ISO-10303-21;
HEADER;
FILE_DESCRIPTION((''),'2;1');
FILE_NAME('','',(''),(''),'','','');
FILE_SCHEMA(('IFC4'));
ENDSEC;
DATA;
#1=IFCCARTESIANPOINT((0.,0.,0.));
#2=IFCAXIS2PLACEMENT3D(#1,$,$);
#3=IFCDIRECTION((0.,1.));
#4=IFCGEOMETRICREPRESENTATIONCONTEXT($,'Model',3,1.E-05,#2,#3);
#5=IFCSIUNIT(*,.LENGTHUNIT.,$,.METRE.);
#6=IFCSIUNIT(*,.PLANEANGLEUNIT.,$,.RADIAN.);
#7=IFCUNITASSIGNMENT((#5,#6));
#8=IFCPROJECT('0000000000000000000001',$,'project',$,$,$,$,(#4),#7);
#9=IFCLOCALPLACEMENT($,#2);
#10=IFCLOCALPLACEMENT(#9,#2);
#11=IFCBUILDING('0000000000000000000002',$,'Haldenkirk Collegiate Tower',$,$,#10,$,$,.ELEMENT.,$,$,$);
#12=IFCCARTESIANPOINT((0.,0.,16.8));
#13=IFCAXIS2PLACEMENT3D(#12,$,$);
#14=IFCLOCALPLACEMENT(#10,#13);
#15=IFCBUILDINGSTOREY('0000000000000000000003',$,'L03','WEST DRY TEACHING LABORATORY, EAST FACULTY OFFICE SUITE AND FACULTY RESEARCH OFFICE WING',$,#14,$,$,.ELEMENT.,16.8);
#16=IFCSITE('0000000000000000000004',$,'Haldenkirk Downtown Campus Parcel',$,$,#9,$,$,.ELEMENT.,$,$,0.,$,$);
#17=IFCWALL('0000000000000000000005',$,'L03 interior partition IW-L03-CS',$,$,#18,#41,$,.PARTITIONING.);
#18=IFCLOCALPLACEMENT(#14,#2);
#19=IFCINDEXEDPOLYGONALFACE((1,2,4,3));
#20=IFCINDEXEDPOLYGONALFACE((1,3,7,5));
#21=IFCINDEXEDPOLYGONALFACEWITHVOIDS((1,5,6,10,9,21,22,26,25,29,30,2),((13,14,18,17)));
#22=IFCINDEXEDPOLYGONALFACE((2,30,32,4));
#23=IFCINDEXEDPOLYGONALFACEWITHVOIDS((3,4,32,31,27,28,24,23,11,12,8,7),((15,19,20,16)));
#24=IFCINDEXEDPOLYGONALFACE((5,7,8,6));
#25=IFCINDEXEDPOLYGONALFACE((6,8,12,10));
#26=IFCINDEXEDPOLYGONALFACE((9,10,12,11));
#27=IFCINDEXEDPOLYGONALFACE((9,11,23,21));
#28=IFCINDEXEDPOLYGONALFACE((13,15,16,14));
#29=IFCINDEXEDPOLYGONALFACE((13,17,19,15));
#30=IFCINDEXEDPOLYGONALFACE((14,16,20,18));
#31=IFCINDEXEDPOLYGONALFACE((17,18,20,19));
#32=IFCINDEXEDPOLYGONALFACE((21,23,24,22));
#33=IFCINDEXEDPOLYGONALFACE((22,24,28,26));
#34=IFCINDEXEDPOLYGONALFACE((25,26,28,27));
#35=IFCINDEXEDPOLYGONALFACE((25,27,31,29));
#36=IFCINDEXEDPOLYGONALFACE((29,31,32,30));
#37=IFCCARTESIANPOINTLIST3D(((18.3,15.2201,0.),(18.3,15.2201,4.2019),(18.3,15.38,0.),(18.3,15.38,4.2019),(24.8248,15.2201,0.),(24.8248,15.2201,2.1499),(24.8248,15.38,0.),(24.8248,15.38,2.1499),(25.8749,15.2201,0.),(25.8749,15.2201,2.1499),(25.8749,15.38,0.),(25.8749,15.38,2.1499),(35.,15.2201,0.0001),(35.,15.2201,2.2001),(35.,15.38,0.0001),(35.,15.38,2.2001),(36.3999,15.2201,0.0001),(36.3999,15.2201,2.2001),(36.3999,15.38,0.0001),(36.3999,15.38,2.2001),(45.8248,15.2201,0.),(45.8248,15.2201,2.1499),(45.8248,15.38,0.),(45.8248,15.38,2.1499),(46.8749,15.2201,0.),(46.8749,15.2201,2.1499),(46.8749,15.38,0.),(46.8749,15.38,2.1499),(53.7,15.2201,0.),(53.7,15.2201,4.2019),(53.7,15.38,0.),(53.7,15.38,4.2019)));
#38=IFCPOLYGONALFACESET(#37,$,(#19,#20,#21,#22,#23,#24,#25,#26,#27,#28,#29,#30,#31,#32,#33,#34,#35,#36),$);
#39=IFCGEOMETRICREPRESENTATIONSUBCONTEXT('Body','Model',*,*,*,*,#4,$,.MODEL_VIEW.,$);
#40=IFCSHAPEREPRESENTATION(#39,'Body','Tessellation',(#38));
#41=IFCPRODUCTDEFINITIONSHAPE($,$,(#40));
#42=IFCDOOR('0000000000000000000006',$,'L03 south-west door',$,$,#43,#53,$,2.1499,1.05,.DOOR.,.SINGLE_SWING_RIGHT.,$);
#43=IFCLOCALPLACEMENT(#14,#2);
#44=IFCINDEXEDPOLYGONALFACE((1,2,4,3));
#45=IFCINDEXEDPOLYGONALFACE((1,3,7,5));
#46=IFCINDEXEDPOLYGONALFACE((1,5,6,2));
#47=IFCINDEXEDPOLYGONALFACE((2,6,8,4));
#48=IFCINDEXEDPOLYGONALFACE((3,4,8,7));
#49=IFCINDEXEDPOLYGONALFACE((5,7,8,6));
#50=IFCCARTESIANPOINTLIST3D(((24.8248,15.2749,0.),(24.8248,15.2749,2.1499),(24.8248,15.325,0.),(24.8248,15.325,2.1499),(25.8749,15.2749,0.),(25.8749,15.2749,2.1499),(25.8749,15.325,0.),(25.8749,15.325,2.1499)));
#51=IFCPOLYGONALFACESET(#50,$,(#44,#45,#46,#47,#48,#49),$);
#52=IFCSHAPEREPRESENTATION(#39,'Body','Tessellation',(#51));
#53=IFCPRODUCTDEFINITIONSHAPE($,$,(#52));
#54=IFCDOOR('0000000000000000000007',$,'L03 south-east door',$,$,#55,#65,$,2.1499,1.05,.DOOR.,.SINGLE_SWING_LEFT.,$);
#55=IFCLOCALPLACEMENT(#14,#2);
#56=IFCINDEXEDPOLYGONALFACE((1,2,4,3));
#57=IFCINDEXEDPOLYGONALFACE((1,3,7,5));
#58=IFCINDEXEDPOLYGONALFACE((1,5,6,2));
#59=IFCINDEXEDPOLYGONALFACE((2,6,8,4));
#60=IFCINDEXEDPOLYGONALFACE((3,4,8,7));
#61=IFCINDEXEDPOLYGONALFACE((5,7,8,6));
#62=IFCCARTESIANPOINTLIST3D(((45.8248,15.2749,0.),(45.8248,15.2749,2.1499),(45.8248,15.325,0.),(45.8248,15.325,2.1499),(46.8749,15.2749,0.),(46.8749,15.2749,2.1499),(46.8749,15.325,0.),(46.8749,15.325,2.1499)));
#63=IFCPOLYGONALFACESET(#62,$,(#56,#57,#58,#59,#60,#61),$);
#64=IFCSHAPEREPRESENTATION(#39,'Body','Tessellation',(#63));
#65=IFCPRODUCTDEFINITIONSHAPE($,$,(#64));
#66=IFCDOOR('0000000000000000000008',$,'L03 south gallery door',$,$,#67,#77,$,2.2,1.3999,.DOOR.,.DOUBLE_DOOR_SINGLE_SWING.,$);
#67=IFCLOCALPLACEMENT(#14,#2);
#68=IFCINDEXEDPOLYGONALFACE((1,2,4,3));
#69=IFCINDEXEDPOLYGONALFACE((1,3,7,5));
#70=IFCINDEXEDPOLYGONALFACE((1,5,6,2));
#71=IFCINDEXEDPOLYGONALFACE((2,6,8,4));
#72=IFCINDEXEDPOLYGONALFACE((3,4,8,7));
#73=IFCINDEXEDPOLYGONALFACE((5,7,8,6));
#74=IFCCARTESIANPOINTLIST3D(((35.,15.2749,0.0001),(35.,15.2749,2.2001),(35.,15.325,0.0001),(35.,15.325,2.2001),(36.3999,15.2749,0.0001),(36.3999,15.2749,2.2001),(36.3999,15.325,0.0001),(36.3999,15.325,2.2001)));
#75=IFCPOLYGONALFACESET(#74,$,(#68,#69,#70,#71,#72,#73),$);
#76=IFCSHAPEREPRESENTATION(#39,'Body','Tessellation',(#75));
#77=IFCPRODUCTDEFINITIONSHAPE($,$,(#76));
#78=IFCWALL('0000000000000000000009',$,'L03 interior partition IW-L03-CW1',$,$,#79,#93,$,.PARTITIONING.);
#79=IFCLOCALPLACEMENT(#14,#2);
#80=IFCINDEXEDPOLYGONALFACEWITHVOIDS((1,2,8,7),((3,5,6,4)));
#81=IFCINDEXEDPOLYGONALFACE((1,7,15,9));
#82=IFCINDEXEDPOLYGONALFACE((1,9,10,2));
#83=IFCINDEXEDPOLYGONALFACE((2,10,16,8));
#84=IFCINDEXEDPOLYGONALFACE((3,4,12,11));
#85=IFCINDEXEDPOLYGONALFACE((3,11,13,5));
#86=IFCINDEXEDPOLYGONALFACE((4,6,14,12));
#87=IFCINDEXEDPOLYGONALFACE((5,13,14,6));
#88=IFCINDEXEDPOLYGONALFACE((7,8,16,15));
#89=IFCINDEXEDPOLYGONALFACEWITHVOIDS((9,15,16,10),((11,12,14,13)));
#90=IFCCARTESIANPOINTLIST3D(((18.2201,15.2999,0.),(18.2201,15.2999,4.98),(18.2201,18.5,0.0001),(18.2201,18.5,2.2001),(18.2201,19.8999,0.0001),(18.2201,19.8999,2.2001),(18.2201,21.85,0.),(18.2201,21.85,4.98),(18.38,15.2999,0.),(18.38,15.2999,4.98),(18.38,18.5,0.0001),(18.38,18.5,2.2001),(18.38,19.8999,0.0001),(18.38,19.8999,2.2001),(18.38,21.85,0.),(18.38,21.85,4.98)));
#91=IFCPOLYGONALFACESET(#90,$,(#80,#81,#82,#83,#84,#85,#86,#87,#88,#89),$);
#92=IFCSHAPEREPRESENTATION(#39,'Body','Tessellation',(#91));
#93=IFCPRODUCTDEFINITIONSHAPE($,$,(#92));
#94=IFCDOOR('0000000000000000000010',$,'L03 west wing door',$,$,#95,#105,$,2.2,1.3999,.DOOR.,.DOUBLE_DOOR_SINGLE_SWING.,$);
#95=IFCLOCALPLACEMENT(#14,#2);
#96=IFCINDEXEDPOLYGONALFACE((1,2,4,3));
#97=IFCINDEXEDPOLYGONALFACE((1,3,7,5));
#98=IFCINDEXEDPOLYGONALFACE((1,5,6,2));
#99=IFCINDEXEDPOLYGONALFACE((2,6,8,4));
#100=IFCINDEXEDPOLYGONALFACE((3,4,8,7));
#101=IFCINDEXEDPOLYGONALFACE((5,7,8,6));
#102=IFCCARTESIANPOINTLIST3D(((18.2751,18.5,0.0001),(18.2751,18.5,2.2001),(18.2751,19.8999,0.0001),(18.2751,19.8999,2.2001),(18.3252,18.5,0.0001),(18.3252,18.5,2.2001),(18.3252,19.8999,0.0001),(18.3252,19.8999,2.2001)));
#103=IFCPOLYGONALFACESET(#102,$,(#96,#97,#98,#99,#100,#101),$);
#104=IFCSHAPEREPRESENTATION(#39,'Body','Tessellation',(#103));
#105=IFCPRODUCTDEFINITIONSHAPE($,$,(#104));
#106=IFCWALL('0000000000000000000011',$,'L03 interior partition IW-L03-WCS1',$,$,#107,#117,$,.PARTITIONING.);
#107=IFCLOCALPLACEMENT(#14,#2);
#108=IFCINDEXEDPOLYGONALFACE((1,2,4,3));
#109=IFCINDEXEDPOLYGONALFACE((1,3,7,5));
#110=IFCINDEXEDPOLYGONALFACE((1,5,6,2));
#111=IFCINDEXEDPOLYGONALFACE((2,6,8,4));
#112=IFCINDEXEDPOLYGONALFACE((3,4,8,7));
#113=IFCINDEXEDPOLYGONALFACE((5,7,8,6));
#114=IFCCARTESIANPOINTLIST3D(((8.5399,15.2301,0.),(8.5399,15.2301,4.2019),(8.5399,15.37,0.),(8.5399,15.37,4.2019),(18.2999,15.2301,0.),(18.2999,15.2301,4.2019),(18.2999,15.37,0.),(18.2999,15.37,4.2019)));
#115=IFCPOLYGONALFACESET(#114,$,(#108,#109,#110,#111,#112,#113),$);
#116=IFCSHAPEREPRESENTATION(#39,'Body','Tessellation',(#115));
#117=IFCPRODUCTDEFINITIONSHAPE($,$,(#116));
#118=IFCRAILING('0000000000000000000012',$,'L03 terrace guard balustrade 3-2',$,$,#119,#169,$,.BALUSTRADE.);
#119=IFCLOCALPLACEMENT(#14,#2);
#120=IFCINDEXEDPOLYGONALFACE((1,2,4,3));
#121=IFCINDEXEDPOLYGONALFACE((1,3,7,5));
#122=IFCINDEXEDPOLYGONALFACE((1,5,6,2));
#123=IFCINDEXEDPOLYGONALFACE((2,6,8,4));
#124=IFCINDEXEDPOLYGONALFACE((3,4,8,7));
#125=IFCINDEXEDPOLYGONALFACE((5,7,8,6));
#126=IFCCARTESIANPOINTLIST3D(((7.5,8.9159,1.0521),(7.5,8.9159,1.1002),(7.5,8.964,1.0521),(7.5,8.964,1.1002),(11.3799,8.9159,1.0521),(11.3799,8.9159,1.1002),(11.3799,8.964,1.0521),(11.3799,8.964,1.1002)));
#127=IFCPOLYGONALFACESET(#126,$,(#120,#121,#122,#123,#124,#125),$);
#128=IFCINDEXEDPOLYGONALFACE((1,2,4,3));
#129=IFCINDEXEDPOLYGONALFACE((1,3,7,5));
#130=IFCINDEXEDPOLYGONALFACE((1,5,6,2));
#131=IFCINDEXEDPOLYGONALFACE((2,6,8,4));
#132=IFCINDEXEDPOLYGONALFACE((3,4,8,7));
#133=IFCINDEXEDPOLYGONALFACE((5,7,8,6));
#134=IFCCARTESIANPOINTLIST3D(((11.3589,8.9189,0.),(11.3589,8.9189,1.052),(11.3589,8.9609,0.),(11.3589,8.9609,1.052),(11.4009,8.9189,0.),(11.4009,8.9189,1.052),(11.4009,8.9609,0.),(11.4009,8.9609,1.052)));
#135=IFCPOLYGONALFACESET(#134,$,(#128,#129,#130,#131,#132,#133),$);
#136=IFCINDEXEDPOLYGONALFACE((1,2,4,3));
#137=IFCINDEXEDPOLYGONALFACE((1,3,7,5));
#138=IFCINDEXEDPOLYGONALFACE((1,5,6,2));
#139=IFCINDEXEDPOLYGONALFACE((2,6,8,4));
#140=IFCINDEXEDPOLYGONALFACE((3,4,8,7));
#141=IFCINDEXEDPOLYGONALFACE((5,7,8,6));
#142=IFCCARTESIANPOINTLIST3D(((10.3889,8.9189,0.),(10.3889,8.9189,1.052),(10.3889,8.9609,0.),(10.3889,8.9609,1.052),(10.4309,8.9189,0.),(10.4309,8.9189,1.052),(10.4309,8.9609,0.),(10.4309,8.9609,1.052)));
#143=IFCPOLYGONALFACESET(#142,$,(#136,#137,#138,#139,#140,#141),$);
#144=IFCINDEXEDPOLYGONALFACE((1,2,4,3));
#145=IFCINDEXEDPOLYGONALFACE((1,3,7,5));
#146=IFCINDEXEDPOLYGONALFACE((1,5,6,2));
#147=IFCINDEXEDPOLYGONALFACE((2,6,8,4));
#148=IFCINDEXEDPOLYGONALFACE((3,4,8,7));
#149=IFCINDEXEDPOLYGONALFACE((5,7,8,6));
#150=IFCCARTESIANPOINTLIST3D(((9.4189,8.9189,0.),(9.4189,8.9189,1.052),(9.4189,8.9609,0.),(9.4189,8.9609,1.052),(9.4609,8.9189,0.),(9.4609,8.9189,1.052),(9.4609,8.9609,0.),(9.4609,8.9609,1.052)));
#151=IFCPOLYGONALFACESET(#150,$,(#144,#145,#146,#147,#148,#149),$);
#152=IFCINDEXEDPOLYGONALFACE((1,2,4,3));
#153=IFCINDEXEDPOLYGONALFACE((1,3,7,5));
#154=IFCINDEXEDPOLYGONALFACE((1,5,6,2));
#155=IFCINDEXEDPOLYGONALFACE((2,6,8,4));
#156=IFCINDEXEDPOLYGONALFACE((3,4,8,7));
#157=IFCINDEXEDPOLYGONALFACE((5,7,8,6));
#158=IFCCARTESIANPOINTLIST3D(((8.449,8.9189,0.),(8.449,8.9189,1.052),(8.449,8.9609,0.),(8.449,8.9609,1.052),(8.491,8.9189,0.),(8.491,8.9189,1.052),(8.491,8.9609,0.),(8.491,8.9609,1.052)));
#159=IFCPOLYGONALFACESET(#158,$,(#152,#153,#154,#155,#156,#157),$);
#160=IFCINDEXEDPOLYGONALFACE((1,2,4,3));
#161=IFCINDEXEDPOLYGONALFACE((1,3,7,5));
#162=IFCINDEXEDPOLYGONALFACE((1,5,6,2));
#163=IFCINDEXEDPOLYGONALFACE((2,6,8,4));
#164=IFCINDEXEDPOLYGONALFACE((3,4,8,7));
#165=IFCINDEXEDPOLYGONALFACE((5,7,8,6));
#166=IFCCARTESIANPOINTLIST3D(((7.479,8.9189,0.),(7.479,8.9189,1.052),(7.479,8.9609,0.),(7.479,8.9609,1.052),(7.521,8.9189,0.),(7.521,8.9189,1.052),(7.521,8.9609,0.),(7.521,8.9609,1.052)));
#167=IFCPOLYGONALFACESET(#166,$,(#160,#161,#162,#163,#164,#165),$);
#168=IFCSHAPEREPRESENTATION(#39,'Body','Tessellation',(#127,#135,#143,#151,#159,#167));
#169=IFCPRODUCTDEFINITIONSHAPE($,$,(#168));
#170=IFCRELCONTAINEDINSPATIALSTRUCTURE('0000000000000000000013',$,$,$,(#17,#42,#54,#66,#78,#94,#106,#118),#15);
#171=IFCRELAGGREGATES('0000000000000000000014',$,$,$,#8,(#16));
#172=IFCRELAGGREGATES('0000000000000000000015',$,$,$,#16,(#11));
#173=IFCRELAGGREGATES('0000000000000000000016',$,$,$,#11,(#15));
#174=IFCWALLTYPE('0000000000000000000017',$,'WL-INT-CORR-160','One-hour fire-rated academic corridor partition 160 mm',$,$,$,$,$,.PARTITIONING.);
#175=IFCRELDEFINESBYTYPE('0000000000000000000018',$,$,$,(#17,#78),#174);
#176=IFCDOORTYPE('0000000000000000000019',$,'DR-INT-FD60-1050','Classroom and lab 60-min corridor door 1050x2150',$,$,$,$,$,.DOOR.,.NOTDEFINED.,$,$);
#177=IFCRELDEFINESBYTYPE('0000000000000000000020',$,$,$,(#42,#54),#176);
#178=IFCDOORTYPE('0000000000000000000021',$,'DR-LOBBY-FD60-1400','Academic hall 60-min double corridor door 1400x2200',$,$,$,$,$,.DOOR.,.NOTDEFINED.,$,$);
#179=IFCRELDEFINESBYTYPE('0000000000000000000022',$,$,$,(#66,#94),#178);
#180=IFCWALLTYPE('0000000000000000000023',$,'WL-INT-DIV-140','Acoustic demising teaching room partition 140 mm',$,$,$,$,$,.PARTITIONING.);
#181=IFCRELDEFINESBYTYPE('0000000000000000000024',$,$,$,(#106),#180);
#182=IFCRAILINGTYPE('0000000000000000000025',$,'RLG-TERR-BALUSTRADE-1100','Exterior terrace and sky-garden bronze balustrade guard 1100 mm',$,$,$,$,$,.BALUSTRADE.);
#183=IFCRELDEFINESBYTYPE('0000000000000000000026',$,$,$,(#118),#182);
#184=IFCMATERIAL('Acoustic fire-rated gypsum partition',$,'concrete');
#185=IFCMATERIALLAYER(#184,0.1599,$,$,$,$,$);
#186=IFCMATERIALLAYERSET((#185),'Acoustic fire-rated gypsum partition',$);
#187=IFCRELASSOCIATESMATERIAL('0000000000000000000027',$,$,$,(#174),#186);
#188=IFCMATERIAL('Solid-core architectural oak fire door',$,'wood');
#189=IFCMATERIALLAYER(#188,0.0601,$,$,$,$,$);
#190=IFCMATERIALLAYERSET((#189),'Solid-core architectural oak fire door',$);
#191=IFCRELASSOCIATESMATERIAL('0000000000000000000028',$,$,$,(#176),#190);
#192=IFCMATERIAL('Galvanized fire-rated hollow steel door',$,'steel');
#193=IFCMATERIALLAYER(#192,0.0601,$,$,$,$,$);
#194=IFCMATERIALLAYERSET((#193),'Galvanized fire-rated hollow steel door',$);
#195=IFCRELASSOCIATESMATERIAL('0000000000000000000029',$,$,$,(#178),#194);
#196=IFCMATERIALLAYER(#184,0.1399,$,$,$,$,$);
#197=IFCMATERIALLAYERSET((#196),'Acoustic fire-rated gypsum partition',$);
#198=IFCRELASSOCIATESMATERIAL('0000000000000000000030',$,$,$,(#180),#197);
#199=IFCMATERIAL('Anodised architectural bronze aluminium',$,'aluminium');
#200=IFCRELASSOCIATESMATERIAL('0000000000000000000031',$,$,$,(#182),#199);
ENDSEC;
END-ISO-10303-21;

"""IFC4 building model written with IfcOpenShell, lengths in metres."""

from ifc_helpers import new_model, si_unit, direction, frame, frame_2d, origin, origin_2d, place, context, subcontext, project, spatial, rectangle, extrude, material, layer, layer_set, type_object, element, fill, save


model = new_model("IFC4")

# Units and contexts
model_context = context("Model", 3, precision=1e-05, world=origin(), true_north=direction((0.0, 1.0)))
body_context = subcontext(model_context, "Body", "Model", "MODEL_VIEW")
ifc_project = project(units=[si_unit("LENGTHUNIT", "METRE"), si_unit("PLANEANGLEUNIT", "RADIAN")], contexts=[model_context])

# Site, building, storey
site_placement = place(None, origin())
site = spatial("IfcSite", under=ifc_project, at=site_placement, Name="Haldenkirk Downtown Campus Parcel", CompositionType="ELEMENT", RefElevation=0.0)
building_placement = place(site_placement, origin())
building = spatial("IfcBuilding", under=site, at=building_placement, Name="Haldenkirk Collegiate Tower", CompositionType="ELEMENT")
storey_placement = place(building_placement, frame((0.0, 0.0, 16.8)))
storey = spatial("IfcBuildingStorey", under=building, at=storey_placement, Name="L03", Description="WEST DRY TEACHING LABORATORY, EAST FACULTY OFFICE SUITE AND FACULTY RESEARCH OFFICE WING", CompositionType="ELEMENT", Elevation=16.8)

# Wall, openings, doors
ifc_material_1 = material(Name="Acoustic fire-rated gypsum partition", Category="concrete")
ifc_layer_1 = layer(ifc_material_1, 0.1599)
ifc_layer_set_1 = layer_set([ifc_layer_1], Name="Acoustic fire-rated gypsum partition")
wall_type_1 = type_object("IfcWallType", Name="WL-INT-CORR-160", Description="One-hour fire-rated academic corridor partition 160 mm", PredefinedType="PARTITIONING", material=ifc_layer_set_1)
wall_1_placement = place(storey_placement, frame((18.3, 15.3, 0.0), z_axis=(0.0, 0.0, 1.0), x_axis=(1.0, 0.0, 0.0)))
wall_1 = element("IfcWall", 1, at=wall_1_placement, inside=storey, type_object=wall_type_1, Name="L03 interior partition IW-L03-CS", PredefinedType="PARTITIONING", context=body_context, shape_type="SweptSolid", body=[
    extrude(rectangle(XDim=35.3999, YDim=0.1599, at=frame_2d((17.7, 0.0))), origin(), (0.0, 0.0, 1.0), 4.2019),
])
opening_1_placement = place(wall_1_placement, frame((6.5249, 0.0, 0.0)))
opening_1 = element("IfcOpeningElement", 2, at=opening_1_placement, cuts=wall_1, PredefinedType="OPENING", context=body_context, shape_type="SweptSolid", body=[
    extrude(rectangle(XDim=1.05, YDim=2.1499, at=frame_2d((0.5249, 1.075))), frame((0.0, 0.0898, 0.0), z_axis=(0.0, -1.0, 0.0), x_axis=(1.0, 0.0, 0.0)), (0.0, 0.0, 1.0), 0.1799),
])
opening_2_placement = place(wall_1_placement, frame((16.7, 0.0, 0.0)))
opening_2 = element("IfcOpeningElement", 3, at=opening_2_placement, cuts=wall_1, PredefinedType="OPENING", context=body_context, shape_type="SweptSolid", body=[
    extrude(rectangle(XDim=1.3999, YDim=2.2, at=frame_2d((0.7, 1.1001))), frame((0.0, 0.0898, 0.0), z_axis=(0.0, -1.0, 0.0), x_axis=(1.0, 0.0, 0.0)), (0.0, 0.0, 1.0), 0.1799),
])
opening_3_placement = place(wall_1_placement, frame((27.5249, 0.0, 0.0)))
opening_3 = element("IfcOpeningElement", 4, at=opening_3_placement, cuts=wall_1, PredefinedType="OPENING", context=body_context, shape_type="SweptSolid", body=[
    extrude(rectangle(XDim=1.05, YDim=2.1499, at=frame_2d((0.5249, 1.075))), frame((0.0, 0.0898, 0.0), z_axis=(0.0, -1.0, 0.0), x_axis=(1.0, 0.0, 0.0)), (0.0, 0.0, 1.0), 0.1799),
])
ifc_material_2 = material(Name="Solid-core architectural oak fire door", Category="wood")
ifc_layer_2 = layer(ifc_material_2, 0.0601)
ifc_layer_set_2 = layer_set([ifc_layer_2], Name="Solid-core architectural oak fire door")
door_type_1 = type_object("IfcDoorType", Name="DR-INT-FD60-1050", Description="Classroom and lab 60-min corridor door 1050x2150", OperationType="NOTDEFINED", PredefinedType="DOOR", material=ifc_layer_set_2)
door_1_placement = place(opening_1_placement, origin())
door_1 = element("IfcDoor", 5, at=door_1_placement, inside=storey, type_object=door_type_1, Name="L03 south-west door", OperationType="SINGLE_SWING_RIGHT", OverallHeight=2.1499, OverallWidth=1.05, PredefinedType="DOOR", context=body_context, shape_type="SweptSolid", body=[
    extrude(rectangle(XDim=1.05, YDim=2.1499, at=frame_2d((0.5249, 1.075))), frame((0.0, 0.0249, 0.0), z_axis=(0.0, -1.0, 0.0), x_axis=(1.0, 0.0, 0.0)), (0.0, 0.0, 1.0), 0.05),
])
fill(opening_1, door_1)
door_2_placement = place(opening_3_placement, origin())
door_2 = element("IfcDoor", 6, at=door_2_placement, inside=storey, type_object=door_type_1, Name="L03 south-east door", OperationType="SINGLE_SWING_LEFT", OverallHeight=2.1499, OverallWidth=1.05, PredefinedType="DOOR", context=body_context, shape_type="SweptSolid", body=[
    extrude(rectangle(XDim=1.05, YDim=2.1499, at=frame_2d((0.5249, 1.075))), frame((0.0, 0.0249, 0.0), z_axis=(0.0, -1.0, 0.0), x_axis=(1.0, 0.0, 0.0)), (0.0, 0.0, 1.0), 0.05),
])
fill(opening_3, door_2)
ifc_material_3 = material(Name="Galvanized fire-rated hollow steel door", Category="steel")
ifc_layer_3 = layer(ifc_material_3, 0.0601)
ifc_layer_set_3 = layer_set([ifc_layer_3], Name="Galvanized fire-rated hollow steel door")
door_type_2 = type_object("IfcDoorType", Name="DR-LOBBY-FD60-1400", Description="Academic hall 60-min double corridor door 1400x2200", OperationType="NOTDEFINED", PredefinedType="DOOR", material=ifc_layer_set_3)
door_3_placement = place(opening_2_placement, origin())
door_3 = element("IfcDoor", 7, at=door_3_placement, inside=storey, type_object=door_type_2, Name="L03 south gallery door", OperationType="DOUBLE_DOOR_SINGLE_SWING", OverallHeight=2.2, OverallWidth=1.3999, PredefinedType="DOOR", context=body_context, shape_type="SweptSolid", body=[
    extrude(rectangle(XDim=1.3999, YDim=2.2, at=frame_2d((0.7, 1.1001))), frame((0.0, 0.0249, 0.0), z_axis=(0.0, -1.0, 0.0), x_axis=(1.0, 0.0, 0.0)), (0.0, 0.0, 1.0), 0.05),
])
fill(opening_2, door_3)

# Wall, opening, door
wall_2_placement = place(storey_placement, frame((18.3, 15.3, 0.0), z_axis=(0.0, 0.0, 1.0), x_axis=(0.0, 1.0, 0.0)))
wall_2 = element("IfcWall", 8, at=wall_2_placement, inside=storey, type_object=wall_type_1, Name="L03 interior partition IW-L03-CW1", PredefinedType="PARTITIONING", context=body_context, shape_type="SweptSolid", body=[
    extrude(rectangle(XDim=6.55, YDim=0.1599, at=frame_2d((3.2749, 0.0))), origin(), (0.0, 0.0, 1.0), 4.98),
])
opening_4_placement = place(wall_2_placement, frame((3.2, 0.0, 0.0)))
opening_4 = element("IfcOpeningElement", 9, at=opening_4_placement, cuts=wall_2, PredefinedType="OPENING", context=body_context, shape_type="SweptSolid", body=[
    extrude(rectangle(XDim=1.3999, YDim=2.2, at=frame_2d((0.7, 1.1001))), frame((0.0, 0.0898, 0.0), z_axis=(0.0, -1.0, 0.0), x_axis=(1.0, 0.0, 0.0)), (0.0, 0.0, 1.0), 0.1799),
])
door_4_placement = place(opening_4_placement, origin())
door_4 = element("IfcDoor", 10, at=door_4_placement, inside=storey, type_object=door_type_2, Name="L03 west wing door", OperationType="DOUBLE_DOOR_SINGLE_SWING", OverallHeight=2.2, OverallWidth=1.3999, PredefinedType="DOOR", context=body_context, shape_type="SweptSolid", body=[
    extrude(rectangle(XDim=1.3999, YDim=2.2, at=frame_2d((0.7, 1.1001))), frame((0.0, 0.0249, 0.0), z_axis=(0.0, -1.0, 0.0), x_axis=(1.0, 0.0, 0.0)), (0.0, 0.0, 1.0), 0.05),
])
fill(opening_4, door_4)

# Wall
ifc_layer_4 = layer(ifc_material_1, 0.1399)
ifc_layer_set_4 = layer_set([ifc_layer_4], Name="Acoustic fire-rated gypsum partition")
wall_type_2 = type_object("IfcWallType", Name="WL-INT-DIV-140", Description="Acoustic demising teaching room partition 140 mm", PredefinedType="PARTITIONING", material=ifc_layer_set_4)
wall_3_placement = place(storey_placement, frame((8.54, 15.3, 0.0), z_axis=(0.0, 0.0, 1.0), x_axis=(1.0, 0.0, 0.0)))
element("IfcWall", 11, at=wall_3_placement, inside=storey, type_object=wall_type_2, Name="L03 interior partition IW-L03-WCS1", PredefinedType="PARTITIONING", context=body_context, shape_type="SweptSolid", body=[
    extrude(rectangle(XDim=9.76, YDim=0.1399, at=frame_2d((4.8799, 0.0))), origin(), (0.0, 0.0, 1.0), 4.2019),
])

# Railing
ifc_material_4 = material(Name="Anodised architectural bronze aluminium", Category="aluminium")
railing_type = type_object("IfcRailingType", Name="RLG-TERR-BALUSTRADE-1100", Description="Exterior terrace and sky-garden bronze balustrade guard 1100 mm", PredefinedType="BALUSTRADE", material=ifc_material_4)
railing_1_placement = place(storey_placement, frame((11.3799, 8.9399, 0.0)))
element("IfcRailing", 12, at=railing_1_placement, inside=storey, type_object=railing_type, Name="L03 terrace guard balustrade 3-2", PredefinedType="BALUSTRADE", context=body_context, shape_type="SweptSolid", body=[
    extrude(rectangle(XDim=0.0481, YDim=0.0481, at=origin_2d()), frame((0.0, 0.0, 1.0762), z_axis=(-1.0, 0.0, 0.0), x_axis=(0.0, -1.0, 0.0)), (0.0, 0.0, 1.0), 3.8799),
    extrude(rectangle(XDim=0.042, YDim=0.042, at=origin_2d()), origin(), (0.0, 0.0, 1.0), 1.052),
    extrude(rectangle(XDim=0.042, YDim=0.042, at=origin_2d()), frame((-0.97, 0.0, 0.0)), (0.0, 0.0, 1.0), 1.052),
    extrude(rectangle(XDim=0.042, YDim=0.042, at=origin_2d()), frame((-1.9399, 0.0, 0.0)), (0.0, 0.0, 1.0), 1.052),
    extrude(rectangle(XDim=0.042, YDim=0.042, at=origin_2d()), frame((-2.9099, 0.0, 0.0)), (0.0, 0.0, 1.0), 1.052),
    extrude(rectangle(XDim=0.042, YDim=0.042, at=origin_2d()), frame((-3.8799, 0.0, 0.0)), (0.0, 0.0, 1.0), 1.052),
])

save(model, "model.ifc")
